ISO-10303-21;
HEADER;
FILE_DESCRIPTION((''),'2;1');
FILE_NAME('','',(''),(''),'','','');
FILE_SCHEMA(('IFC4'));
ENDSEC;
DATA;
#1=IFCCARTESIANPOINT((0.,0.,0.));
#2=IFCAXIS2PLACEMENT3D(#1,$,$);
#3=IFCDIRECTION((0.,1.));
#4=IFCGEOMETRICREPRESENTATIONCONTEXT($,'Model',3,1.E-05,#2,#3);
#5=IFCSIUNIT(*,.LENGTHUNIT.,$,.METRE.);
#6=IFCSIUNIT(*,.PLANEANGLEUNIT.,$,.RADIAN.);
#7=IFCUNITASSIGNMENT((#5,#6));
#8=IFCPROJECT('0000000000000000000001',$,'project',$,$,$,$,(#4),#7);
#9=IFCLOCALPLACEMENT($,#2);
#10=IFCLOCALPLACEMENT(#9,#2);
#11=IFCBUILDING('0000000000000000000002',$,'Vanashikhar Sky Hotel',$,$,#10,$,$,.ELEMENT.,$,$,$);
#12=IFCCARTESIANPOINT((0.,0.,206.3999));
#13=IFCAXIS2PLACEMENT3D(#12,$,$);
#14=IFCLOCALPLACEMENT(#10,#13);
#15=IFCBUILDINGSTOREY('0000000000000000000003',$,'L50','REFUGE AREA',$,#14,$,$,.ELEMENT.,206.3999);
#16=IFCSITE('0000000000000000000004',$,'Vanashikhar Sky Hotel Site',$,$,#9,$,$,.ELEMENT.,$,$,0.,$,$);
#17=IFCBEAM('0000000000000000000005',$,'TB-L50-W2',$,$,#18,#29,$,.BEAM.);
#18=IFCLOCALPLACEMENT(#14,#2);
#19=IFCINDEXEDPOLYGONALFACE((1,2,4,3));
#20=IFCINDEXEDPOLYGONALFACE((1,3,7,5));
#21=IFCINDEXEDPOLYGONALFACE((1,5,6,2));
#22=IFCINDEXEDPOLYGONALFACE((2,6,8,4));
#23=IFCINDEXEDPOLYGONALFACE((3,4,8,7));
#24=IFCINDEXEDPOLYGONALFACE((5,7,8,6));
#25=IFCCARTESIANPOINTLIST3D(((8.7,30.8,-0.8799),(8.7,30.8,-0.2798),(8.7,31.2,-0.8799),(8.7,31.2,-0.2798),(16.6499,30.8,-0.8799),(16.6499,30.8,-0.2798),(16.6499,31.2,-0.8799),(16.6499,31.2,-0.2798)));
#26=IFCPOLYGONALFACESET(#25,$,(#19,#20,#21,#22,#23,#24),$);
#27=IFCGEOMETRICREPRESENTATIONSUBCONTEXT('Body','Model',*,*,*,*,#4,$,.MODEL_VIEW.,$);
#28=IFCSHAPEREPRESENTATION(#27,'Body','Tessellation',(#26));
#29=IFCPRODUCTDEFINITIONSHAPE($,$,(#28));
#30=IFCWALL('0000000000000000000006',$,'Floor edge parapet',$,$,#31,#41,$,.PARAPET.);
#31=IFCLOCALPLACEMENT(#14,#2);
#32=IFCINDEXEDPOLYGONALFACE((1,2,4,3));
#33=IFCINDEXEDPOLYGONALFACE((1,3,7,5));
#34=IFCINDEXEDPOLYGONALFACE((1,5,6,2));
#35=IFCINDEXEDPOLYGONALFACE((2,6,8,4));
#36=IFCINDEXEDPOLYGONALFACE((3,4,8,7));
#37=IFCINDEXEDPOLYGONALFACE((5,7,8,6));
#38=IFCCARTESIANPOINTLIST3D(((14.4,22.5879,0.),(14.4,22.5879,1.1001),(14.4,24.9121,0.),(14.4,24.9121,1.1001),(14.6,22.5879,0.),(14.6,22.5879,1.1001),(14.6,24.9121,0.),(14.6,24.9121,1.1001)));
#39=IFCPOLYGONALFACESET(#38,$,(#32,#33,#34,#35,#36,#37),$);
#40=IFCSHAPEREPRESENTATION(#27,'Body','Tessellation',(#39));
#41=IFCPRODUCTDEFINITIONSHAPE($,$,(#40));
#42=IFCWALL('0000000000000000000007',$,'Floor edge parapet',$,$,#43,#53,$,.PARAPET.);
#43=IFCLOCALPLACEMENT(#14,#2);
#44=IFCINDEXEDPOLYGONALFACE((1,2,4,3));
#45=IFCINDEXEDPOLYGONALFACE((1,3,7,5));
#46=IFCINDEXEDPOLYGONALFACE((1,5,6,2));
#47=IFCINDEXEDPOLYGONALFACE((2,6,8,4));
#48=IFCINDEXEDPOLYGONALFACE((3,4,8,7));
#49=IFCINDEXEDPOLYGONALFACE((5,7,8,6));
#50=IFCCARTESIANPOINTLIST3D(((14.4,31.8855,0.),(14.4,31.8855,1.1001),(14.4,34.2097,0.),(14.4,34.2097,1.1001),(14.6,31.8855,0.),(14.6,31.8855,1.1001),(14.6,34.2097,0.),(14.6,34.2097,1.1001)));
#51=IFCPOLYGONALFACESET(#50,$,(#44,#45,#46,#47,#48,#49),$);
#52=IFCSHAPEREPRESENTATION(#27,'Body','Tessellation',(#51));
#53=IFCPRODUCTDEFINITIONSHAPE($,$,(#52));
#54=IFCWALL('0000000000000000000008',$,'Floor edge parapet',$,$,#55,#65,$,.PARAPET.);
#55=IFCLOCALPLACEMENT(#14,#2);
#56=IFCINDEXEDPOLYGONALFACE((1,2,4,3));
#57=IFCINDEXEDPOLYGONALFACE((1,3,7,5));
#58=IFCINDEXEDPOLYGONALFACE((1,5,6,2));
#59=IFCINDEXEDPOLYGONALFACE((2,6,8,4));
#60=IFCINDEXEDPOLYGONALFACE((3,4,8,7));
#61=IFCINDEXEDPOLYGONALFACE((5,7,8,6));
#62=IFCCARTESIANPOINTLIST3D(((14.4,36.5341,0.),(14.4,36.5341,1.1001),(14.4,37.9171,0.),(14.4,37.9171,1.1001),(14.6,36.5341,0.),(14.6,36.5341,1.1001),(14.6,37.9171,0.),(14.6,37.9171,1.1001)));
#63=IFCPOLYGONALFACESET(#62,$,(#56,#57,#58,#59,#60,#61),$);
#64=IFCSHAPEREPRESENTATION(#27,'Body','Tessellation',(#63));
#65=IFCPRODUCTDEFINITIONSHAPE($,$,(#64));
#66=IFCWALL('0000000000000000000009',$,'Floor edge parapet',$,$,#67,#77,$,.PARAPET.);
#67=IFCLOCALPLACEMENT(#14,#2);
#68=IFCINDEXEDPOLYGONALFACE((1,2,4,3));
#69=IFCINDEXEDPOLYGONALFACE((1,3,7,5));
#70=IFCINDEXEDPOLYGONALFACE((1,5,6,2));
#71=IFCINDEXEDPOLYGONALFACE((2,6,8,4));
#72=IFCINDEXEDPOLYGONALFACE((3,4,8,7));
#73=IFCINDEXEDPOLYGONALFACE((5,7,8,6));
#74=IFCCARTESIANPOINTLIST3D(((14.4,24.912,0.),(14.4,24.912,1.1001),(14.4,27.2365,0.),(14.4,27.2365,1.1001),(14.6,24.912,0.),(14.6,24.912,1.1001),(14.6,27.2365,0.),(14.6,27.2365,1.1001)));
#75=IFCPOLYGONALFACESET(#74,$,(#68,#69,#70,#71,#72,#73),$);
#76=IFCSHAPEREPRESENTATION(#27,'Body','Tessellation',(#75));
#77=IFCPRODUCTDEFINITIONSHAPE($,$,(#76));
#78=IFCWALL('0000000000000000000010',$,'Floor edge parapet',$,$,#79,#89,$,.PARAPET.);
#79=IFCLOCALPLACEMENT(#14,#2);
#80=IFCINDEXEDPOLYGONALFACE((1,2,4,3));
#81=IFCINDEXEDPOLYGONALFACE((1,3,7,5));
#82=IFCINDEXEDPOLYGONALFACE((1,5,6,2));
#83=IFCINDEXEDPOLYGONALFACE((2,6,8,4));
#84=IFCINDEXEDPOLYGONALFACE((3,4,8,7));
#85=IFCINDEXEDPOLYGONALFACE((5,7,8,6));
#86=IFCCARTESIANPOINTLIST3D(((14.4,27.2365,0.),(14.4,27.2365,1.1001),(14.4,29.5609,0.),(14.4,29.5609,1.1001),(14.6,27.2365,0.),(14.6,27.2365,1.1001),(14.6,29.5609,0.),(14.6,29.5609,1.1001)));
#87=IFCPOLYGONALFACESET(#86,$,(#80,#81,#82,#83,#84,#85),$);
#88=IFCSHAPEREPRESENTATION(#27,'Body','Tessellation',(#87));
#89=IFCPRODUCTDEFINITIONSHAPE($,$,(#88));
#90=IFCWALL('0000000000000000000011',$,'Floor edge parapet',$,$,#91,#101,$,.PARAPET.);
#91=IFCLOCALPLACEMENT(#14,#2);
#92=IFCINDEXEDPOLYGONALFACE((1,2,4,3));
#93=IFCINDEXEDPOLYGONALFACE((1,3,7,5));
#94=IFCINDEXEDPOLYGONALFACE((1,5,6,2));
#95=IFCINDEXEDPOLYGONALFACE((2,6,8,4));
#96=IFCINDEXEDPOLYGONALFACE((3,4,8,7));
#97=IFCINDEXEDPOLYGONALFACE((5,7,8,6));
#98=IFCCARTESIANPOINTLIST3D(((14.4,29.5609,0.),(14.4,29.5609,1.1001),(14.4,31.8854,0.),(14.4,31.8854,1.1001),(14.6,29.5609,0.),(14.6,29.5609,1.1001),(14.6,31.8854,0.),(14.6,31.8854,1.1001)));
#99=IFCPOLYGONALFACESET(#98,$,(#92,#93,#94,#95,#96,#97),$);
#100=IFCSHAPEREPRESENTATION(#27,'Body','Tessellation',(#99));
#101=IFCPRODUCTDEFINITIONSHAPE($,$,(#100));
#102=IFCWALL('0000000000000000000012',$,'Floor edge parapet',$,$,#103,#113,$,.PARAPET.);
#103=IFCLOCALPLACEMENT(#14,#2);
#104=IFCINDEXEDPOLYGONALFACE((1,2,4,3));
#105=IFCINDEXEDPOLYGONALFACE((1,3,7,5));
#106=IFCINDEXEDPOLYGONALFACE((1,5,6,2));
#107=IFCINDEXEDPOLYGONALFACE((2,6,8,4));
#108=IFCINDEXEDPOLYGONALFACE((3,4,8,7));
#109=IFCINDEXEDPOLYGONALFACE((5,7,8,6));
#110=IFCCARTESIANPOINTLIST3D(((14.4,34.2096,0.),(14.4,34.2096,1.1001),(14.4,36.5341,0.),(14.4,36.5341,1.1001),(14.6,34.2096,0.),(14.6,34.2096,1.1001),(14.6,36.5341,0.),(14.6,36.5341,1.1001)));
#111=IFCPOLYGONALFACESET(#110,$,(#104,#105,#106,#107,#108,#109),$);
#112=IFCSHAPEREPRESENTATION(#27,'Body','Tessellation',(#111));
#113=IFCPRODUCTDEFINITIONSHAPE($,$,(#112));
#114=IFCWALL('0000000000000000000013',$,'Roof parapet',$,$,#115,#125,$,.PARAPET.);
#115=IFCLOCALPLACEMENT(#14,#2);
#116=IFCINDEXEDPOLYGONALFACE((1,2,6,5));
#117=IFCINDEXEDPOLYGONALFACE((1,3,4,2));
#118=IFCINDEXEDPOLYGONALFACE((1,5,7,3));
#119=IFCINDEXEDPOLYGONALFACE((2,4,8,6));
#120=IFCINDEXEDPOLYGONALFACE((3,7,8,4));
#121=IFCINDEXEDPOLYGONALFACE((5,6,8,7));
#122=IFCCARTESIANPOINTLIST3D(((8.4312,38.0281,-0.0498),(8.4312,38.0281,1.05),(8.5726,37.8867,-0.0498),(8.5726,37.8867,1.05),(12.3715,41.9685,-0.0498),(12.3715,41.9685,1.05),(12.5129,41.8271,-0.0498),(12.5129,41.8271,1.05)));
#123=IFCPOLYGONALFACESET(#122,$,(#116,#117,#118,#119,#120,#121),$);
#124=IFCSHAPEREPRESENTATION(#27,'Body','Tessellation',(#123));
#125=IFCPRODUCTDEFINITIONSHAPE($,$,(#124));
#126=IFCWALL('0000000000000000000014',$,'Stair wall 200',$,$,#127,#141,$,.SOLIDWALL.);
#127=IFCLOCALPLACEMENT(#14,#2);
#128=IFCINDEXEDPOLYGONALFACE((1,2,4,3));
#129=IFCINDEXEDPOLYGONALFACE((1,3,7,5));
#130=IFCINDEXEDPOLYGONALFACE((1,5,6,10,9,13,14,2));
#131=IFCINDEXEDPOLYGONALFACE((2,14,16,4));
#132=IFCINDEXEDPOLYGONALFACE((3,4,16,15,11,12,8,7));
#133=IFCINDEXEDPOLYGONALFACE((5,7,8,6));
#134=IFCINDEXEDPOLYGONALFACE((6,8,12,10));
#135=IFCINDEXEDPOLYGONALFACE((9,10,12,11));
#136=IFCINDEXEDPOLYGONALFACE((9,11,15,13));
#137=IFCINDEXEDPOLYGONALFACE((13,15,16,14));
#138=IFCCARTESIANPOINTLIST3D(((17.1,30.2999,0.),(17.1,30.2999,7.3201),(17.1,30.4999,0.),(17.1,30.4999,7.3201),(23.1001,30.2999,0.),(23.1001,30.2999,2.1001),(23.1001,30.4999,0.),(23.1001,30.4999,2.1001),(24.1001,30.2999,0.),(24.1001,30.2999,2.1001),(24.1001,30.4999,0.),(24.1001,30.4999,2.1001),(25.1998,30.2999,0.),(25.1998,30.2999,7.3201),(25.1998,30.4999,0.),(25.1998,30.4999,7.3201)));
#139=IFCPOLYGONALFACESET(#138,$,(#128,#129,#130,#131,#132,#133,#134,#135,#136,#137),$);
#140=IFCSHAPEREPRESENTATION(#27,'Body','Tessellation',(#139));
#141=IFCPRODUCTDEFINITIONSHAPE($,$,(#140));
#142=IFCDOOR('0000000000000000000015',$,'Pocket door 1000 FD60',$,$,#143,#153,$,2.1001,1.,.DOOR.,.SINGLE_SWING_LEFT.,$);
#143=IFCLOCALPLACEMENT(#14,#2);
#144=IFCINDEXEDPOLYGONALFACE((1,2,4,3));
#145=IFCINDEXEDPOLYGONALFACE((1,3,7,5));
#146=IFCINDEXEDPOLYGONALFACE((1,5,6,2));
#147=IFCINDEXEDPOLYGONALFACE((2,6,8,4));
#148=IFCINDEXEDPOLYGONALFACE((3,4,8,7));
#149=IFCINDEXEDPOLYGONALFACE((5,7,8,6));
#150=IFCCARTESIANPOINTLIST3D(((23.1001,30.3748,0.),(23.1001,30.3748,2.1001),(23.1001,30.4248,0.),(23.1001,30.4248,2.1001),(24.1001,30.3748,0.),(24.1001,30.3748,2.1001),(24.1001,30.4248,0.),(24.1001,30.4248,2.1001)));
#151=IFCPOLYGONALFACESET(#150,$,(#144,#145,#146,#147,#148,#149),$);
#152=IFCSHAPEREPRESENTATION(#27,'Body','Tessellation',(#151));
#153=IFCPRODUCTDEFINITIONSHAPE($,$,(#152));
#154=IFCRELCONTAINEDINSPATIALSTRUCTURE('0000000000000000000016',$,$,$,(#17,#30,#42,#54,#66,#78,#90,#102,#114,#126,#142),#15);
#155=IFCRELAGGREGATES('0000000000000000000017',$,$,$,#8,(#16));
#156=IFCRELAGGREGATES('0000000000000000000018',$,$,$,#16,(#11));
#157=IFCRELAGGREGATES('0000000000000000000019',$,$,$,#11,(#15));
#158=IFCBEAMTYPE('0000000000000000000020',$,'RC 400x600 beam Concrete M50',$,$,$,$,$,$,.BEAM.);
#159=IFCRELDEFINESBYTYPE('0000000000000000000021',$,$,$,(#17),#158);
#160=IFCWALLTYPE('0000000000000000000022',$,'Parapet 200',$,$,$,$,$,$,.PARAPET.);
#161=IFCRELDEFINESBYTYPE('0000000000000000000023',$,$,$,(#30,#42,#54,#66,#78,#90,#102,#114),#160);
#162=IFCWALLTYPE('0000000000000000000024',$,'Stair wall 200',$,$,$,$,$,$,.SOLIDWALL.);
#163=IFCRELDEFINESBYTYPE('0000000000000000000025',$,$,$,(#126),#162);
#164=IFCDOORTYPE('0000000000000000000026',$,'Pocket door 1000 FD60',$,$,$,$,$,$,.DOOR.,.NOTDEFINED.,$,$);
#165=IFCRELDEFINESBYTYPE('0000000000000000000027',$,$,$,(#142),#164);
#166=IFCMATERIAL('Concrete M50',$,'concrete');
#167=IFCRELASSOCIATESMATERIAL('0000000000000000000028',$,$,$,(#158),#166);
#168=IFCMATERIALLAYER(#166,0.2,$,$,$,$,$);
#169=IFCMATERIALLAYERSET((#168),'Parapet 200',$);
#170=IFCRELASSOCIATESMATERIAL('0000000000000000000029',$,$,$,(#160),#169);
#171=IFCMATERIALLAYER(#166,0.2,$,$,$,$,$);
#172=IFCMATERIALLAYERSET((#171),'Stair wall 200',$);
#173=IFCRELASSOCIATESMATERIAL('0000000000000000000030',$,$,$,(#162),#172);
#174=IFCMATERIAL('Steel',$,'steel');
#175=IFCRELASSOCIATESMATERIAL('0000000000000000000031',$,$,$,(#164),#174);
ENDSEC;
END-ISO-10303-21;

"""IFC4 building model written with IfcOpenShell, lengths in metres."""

from ifc_helpers import new_model, si_unit, direction, frame, frame_2d, origin, origin_2d, place, context, subcontext, project, spatial, rectangle, extrude, source, transform, mapped, material, layer, layer_set, material_profile, profile_set, type_object, element, fill, save


model = new_model("IFC4")

# Units and contexts
model_context = context("Model", 3, precision=1e-05, world=origin(), true_north=direction((0.0, 1.0)))
body_context = subcontext(model_context, "Body", "Model", "MODEL_VIEW")
ifc_project = project(units=[si_unit("LENGTHUNIT", "METRE"), si_unit("PLANEANGLEUNIT", "RADIAN")], contexts=[model_context])

# Site, building, storey
site_placement = place(None, origin())
site = spatial("IfcSite", under=ifc_project, at=site_placement, Name="Vanashikhar Sky Hotel Site", CompositionType="ELEMENT", RefElevation=0.0)
building_placement = place(site_placement, origin())
building = spatial("IfcBuilding", under=site, at=building_placement, Name="Vanashikhar Sky Hotel", CompositionType="ELEMENT")
storey_placement = place(building_placement, frame((0.0, 0.0, 206.3999)))
storey = spatial("IfcBuildingStorey", under=building, at=storey_placement, Name="L50", Description="REFUGE AREA", CompositionType="ELEMENT", Elevation=206.3999)

# Beam
ifc_material_1 = material(Name="Concrete M50", Category="concrete")
ifc_material_profile = material_profile(ifc_material_1, rectangle(XDim=0.3999, YDim=0.6001, at=origin_2d()))
ifc_profile_set = profile_set([ifc_material_profile], Name="RC 400x600 beam Concrete M50")
beam_type = type_object("IfcBeamType", Name="RC 400x600 beam Concrete M50", PredefinedType="BEAM", material=ifc_profile_set)
shared_shape_1 = source(origin(), body_context, "Body", "SweptSolid", [
    extrude(rectangle(XDim=0.3999, YDim=0.6001, at=origin_2d()), origin(), (0.0, 0.0, 1.0), 7.95),
])
beam_placement = place(storey_placement, frame((8.7, 31.0, -0.5798), z_axis=(1.0, 0.0, 0.0), x_axis=(0.0, 1.0, 0.0)))
element("IfcBeam", 1, at=beam_placement, inside=storey, type_object=beam_type, Name="TB-L50-W2", PredefinedType="BEAM", context=body_context, shape_type="MappedRepresentation", body=[
    mapped(shared_shape_1, transform((0.0, 0.0, 0.0), scale=1.0)),
])

# Walls
ifc_layer_1 = layer(ifc_material_1, 0.2)
ifc_layer_set_1 = layer_set([ifc_layer_1], Name="Parapet 200")
wall_type_1 = type_object("IfcWallType", Name="Parapet 200", PredefinedType="PARAPET", material=ifc_layer_set_1)
shared_shape_2 = source(origin(), body_context, "Body", "SweptSolid", [
    extrude(rectangle(XDim=2.3242, YDim=0.2, at=frame_2d((1.1621, 0.0))), origin(), (0.0, 0.0, 1.0), 1.1001),
])
for number, where, z_axis, x_axis, name in (
    (2, (14.5, 22.5879, 0.0), (0.0, 0.0, 1.0), (0.0, 1.0, 0.0), "Floor edge parapet"),
    (3, (14.5, 31.8855, 0.0), (0.0, 0.0, 1.0), (0.0, 1.0, 0.0), "Floor edge parapet"),
):
    element("IfcWall", number, at=place(storey_placement, frame(where, z_axis=z_axis, x_axis=x_axis)), inside=storey, type_object=wall_type_1, Name=name, PredefinedType="PARAPET", context=body_context, shape_type="MappedRepresentation", body=[
        mapped(shared_shape_2, transform((0.0, 0.0, 0.0), scale=1.0)),
    ])
shared_shape_3 = source(origin(), body_context, "Body", "SweptSolid", [
    extrude(rectangle(XDim=1.3831, YDim=0.2, at=frame_2d((0.6914, 0.0))), origin(), (0.0, 0.0, 1.0), 1.1001),
])
wall_1_placement = place(storey_placement, frame((14.5, 36.5342, 0.0), z_axis=(0.0, 0.0, 1.0), x_axis=(0.0, 1.0, 0.0)))
element("IfcWall", 4, at=wall_1_placement, inside=storey, type_object=wall_type_1, Name="Floor edge parapet", PredefinedType="PARAPET", context=body_context, shape_type="MappedRepresentation", body=[
    mapped(shared_shape_3, transform((0.0, 0.0, 0.0), scale=1.0)),
])
shared_shape_4 = source(origin(), body_context, "Body", "SweptSolid", [
    extrude(rectangle(XDim=2.3245, YDim=0.2, at=frame_2d((1.1621, 0.0))), origin(), (0.0, 0.0, 1.0), 1.1001),
])
for number, where, z_axis, x_axis, name in (
    (5, (14.5, 24.9121, 0.0), (0.0, 0.0, 1.0), (0.0, 1.0, 0.0), "Floor edge parapet"),
    (6, (14.5, 27.2366, 0.0), (0.0, 0.0, 1.0), (0.0, 1.0, 0.0), "Floor edge parapet"),
    (7, (14.5, 29.561, 0.0), (0.0, 0.0, 1.0), (0.0, 1.0, 0.0), "Floor edge parapet"),
    (8, (14.5, 34.2097, 0.0), (0.0, 0.0, 1.0), (0.0, 1.0, 0.0), "Floor edge parapet"),
):
    element("IfcWall", number, at=place(storey_placement, frame(where, z_axis=z_axis, x_axis=x_axis)), inside=storey, type_object=wall_type_1, Name=name, PredefinedType="PARAPET", context=body_context, shape_type="MappedRepresentation", body=[
        mapped(shared_shape_4, transform((0.0, 0.0, 0.0), scale=1.0)),
    ])
shared_shape_5 = source(origin(), body_context, "Body", "SweptSolid", [
    extrude(rectangle(XDim=5.5725, YDim=0.2, at=frame_2d((2.7861, 0.0))), origin(), (0.0, 0.0, 1.0), 1.0999),
])
wall_2_placement = place(storey_placement, frame((8.502, 37.9575, -0.0498), z_axis=(0.0, 0.0, 1.0), x_axis=(0.707107, 0.707107, 0.0)))
element("IfcWall", 9, at=wall_2_placement, inside=storey, type_object=wall_type_1, Name="Roof parapet", PredefinedType="PARAPET", context=body_context, shape_type="MappedRepresentation", body=[
    mapped(shared_shape_5, transform((0.0, 0.0, 0.0), scale=1.0)),
])

# Wall, opening, door
ifc_layer_2 = layer(ifc_material_1, 0.2)
ifc_layer_set_2 = layer_set([ifc_layer_2], Name="Stair wall 200")
wall_type_2 = type_object("IfcWallType", Name="Stair wall 200", PredefinedType="SOLIDWALL", material=ifc_layer_set_2)
shared_shape_6 = source(origin(), body_context, "Body", "SweptSolid", [
    extrude(rectangle(XDim=8.0999, YDim=0.2, at=frame_2d((4.0498, 0.0))), origin(), (0.0, 0.0, 1.0), 7.3201),
])
wall_3_placement = place(storey_placement, frame((17.1001, 30.3999, 0.0), z_axis=(0.0, 0.0, 1.0), x_axis=(1.0, 0.0, 0.0)))
wall_3 = element("IfcWall", 10, at=wall_3_placement, inside=storey, type_object=wall_type_2, Name="Stair wall 200", PredefinedType="SOLIDWALL", context=body_context, shape_type="MappedRepresentation", body=[
    mapped(shared_shape_6, transform((0.0, 0.0, 0.0), scale=1.0)),
])
shared_shape_7 = source(origin(), body_context, "Body", "SweptSolid", [
    extrude(rectangle(XDim=1.0, YDim=2.1001, at=frame_2d((0.5, 1.05))), frame((0.0, 0.1099, 0.0), z_axis=(0.0, -1.0, 0.0), x_axis=(1.0, 0.0, 0.0)), (0.0, 0.0, 1.0), 0.22),
])
opening_placement = place(wall_3_placement, frame((6.0, 0.0, 0.0)))
opening = element("IfcOpeningElement", 11, at=opening_placement, cuts=wall_3, PredefinedType="OPENING", context=body_context, shape_type="MappedRepresentation", body=[
    mapped(shared_shape_7, transform((0.0, 0.0, 0.0), scale=1.0)),
])
ifc_material_2 = material(Name="Steel", Category="steel")
door_type = type_object("IfcDoorType", Name="Pocket door 1000 FD60", OperationType="NOTDEFINED", PredefinedType="DOOR", material=ifc_material_2)
shared_shape_8 = source(origin(), body_context, "Body", "SweptSolid", [
    extrude(rectangle(XDim=1.0, YDim=2.1001, at=frame_2d((0.5, 1.05))), frame((0.0, 0.0249, 0.0), z_axis=(0.0, -1.0, 0.0), x_axis=(1.0, 0.0, 0.0)), (0.0, 0.0, 1.0), 0.05),
])
door_placement = place(opening_placement, origin())
door = element("IfcDoor", 12, at=door_placement, inside=storey, type_object=door_type, Name="Pocket door 1000 FD60", OperationType="SINGLE_SWING_LEFT", OverallHeight=2.1001, OverallWidth=1.0, PredefinedType="DOOR", context=body_context, shape_type="MappedRepresentation", body=[
    mapped(shared_shape_8, transform((0.0, 0.0, 0.0), scale=1.0)),
])
fill(opening, door)

save(model, "model.ifc")
